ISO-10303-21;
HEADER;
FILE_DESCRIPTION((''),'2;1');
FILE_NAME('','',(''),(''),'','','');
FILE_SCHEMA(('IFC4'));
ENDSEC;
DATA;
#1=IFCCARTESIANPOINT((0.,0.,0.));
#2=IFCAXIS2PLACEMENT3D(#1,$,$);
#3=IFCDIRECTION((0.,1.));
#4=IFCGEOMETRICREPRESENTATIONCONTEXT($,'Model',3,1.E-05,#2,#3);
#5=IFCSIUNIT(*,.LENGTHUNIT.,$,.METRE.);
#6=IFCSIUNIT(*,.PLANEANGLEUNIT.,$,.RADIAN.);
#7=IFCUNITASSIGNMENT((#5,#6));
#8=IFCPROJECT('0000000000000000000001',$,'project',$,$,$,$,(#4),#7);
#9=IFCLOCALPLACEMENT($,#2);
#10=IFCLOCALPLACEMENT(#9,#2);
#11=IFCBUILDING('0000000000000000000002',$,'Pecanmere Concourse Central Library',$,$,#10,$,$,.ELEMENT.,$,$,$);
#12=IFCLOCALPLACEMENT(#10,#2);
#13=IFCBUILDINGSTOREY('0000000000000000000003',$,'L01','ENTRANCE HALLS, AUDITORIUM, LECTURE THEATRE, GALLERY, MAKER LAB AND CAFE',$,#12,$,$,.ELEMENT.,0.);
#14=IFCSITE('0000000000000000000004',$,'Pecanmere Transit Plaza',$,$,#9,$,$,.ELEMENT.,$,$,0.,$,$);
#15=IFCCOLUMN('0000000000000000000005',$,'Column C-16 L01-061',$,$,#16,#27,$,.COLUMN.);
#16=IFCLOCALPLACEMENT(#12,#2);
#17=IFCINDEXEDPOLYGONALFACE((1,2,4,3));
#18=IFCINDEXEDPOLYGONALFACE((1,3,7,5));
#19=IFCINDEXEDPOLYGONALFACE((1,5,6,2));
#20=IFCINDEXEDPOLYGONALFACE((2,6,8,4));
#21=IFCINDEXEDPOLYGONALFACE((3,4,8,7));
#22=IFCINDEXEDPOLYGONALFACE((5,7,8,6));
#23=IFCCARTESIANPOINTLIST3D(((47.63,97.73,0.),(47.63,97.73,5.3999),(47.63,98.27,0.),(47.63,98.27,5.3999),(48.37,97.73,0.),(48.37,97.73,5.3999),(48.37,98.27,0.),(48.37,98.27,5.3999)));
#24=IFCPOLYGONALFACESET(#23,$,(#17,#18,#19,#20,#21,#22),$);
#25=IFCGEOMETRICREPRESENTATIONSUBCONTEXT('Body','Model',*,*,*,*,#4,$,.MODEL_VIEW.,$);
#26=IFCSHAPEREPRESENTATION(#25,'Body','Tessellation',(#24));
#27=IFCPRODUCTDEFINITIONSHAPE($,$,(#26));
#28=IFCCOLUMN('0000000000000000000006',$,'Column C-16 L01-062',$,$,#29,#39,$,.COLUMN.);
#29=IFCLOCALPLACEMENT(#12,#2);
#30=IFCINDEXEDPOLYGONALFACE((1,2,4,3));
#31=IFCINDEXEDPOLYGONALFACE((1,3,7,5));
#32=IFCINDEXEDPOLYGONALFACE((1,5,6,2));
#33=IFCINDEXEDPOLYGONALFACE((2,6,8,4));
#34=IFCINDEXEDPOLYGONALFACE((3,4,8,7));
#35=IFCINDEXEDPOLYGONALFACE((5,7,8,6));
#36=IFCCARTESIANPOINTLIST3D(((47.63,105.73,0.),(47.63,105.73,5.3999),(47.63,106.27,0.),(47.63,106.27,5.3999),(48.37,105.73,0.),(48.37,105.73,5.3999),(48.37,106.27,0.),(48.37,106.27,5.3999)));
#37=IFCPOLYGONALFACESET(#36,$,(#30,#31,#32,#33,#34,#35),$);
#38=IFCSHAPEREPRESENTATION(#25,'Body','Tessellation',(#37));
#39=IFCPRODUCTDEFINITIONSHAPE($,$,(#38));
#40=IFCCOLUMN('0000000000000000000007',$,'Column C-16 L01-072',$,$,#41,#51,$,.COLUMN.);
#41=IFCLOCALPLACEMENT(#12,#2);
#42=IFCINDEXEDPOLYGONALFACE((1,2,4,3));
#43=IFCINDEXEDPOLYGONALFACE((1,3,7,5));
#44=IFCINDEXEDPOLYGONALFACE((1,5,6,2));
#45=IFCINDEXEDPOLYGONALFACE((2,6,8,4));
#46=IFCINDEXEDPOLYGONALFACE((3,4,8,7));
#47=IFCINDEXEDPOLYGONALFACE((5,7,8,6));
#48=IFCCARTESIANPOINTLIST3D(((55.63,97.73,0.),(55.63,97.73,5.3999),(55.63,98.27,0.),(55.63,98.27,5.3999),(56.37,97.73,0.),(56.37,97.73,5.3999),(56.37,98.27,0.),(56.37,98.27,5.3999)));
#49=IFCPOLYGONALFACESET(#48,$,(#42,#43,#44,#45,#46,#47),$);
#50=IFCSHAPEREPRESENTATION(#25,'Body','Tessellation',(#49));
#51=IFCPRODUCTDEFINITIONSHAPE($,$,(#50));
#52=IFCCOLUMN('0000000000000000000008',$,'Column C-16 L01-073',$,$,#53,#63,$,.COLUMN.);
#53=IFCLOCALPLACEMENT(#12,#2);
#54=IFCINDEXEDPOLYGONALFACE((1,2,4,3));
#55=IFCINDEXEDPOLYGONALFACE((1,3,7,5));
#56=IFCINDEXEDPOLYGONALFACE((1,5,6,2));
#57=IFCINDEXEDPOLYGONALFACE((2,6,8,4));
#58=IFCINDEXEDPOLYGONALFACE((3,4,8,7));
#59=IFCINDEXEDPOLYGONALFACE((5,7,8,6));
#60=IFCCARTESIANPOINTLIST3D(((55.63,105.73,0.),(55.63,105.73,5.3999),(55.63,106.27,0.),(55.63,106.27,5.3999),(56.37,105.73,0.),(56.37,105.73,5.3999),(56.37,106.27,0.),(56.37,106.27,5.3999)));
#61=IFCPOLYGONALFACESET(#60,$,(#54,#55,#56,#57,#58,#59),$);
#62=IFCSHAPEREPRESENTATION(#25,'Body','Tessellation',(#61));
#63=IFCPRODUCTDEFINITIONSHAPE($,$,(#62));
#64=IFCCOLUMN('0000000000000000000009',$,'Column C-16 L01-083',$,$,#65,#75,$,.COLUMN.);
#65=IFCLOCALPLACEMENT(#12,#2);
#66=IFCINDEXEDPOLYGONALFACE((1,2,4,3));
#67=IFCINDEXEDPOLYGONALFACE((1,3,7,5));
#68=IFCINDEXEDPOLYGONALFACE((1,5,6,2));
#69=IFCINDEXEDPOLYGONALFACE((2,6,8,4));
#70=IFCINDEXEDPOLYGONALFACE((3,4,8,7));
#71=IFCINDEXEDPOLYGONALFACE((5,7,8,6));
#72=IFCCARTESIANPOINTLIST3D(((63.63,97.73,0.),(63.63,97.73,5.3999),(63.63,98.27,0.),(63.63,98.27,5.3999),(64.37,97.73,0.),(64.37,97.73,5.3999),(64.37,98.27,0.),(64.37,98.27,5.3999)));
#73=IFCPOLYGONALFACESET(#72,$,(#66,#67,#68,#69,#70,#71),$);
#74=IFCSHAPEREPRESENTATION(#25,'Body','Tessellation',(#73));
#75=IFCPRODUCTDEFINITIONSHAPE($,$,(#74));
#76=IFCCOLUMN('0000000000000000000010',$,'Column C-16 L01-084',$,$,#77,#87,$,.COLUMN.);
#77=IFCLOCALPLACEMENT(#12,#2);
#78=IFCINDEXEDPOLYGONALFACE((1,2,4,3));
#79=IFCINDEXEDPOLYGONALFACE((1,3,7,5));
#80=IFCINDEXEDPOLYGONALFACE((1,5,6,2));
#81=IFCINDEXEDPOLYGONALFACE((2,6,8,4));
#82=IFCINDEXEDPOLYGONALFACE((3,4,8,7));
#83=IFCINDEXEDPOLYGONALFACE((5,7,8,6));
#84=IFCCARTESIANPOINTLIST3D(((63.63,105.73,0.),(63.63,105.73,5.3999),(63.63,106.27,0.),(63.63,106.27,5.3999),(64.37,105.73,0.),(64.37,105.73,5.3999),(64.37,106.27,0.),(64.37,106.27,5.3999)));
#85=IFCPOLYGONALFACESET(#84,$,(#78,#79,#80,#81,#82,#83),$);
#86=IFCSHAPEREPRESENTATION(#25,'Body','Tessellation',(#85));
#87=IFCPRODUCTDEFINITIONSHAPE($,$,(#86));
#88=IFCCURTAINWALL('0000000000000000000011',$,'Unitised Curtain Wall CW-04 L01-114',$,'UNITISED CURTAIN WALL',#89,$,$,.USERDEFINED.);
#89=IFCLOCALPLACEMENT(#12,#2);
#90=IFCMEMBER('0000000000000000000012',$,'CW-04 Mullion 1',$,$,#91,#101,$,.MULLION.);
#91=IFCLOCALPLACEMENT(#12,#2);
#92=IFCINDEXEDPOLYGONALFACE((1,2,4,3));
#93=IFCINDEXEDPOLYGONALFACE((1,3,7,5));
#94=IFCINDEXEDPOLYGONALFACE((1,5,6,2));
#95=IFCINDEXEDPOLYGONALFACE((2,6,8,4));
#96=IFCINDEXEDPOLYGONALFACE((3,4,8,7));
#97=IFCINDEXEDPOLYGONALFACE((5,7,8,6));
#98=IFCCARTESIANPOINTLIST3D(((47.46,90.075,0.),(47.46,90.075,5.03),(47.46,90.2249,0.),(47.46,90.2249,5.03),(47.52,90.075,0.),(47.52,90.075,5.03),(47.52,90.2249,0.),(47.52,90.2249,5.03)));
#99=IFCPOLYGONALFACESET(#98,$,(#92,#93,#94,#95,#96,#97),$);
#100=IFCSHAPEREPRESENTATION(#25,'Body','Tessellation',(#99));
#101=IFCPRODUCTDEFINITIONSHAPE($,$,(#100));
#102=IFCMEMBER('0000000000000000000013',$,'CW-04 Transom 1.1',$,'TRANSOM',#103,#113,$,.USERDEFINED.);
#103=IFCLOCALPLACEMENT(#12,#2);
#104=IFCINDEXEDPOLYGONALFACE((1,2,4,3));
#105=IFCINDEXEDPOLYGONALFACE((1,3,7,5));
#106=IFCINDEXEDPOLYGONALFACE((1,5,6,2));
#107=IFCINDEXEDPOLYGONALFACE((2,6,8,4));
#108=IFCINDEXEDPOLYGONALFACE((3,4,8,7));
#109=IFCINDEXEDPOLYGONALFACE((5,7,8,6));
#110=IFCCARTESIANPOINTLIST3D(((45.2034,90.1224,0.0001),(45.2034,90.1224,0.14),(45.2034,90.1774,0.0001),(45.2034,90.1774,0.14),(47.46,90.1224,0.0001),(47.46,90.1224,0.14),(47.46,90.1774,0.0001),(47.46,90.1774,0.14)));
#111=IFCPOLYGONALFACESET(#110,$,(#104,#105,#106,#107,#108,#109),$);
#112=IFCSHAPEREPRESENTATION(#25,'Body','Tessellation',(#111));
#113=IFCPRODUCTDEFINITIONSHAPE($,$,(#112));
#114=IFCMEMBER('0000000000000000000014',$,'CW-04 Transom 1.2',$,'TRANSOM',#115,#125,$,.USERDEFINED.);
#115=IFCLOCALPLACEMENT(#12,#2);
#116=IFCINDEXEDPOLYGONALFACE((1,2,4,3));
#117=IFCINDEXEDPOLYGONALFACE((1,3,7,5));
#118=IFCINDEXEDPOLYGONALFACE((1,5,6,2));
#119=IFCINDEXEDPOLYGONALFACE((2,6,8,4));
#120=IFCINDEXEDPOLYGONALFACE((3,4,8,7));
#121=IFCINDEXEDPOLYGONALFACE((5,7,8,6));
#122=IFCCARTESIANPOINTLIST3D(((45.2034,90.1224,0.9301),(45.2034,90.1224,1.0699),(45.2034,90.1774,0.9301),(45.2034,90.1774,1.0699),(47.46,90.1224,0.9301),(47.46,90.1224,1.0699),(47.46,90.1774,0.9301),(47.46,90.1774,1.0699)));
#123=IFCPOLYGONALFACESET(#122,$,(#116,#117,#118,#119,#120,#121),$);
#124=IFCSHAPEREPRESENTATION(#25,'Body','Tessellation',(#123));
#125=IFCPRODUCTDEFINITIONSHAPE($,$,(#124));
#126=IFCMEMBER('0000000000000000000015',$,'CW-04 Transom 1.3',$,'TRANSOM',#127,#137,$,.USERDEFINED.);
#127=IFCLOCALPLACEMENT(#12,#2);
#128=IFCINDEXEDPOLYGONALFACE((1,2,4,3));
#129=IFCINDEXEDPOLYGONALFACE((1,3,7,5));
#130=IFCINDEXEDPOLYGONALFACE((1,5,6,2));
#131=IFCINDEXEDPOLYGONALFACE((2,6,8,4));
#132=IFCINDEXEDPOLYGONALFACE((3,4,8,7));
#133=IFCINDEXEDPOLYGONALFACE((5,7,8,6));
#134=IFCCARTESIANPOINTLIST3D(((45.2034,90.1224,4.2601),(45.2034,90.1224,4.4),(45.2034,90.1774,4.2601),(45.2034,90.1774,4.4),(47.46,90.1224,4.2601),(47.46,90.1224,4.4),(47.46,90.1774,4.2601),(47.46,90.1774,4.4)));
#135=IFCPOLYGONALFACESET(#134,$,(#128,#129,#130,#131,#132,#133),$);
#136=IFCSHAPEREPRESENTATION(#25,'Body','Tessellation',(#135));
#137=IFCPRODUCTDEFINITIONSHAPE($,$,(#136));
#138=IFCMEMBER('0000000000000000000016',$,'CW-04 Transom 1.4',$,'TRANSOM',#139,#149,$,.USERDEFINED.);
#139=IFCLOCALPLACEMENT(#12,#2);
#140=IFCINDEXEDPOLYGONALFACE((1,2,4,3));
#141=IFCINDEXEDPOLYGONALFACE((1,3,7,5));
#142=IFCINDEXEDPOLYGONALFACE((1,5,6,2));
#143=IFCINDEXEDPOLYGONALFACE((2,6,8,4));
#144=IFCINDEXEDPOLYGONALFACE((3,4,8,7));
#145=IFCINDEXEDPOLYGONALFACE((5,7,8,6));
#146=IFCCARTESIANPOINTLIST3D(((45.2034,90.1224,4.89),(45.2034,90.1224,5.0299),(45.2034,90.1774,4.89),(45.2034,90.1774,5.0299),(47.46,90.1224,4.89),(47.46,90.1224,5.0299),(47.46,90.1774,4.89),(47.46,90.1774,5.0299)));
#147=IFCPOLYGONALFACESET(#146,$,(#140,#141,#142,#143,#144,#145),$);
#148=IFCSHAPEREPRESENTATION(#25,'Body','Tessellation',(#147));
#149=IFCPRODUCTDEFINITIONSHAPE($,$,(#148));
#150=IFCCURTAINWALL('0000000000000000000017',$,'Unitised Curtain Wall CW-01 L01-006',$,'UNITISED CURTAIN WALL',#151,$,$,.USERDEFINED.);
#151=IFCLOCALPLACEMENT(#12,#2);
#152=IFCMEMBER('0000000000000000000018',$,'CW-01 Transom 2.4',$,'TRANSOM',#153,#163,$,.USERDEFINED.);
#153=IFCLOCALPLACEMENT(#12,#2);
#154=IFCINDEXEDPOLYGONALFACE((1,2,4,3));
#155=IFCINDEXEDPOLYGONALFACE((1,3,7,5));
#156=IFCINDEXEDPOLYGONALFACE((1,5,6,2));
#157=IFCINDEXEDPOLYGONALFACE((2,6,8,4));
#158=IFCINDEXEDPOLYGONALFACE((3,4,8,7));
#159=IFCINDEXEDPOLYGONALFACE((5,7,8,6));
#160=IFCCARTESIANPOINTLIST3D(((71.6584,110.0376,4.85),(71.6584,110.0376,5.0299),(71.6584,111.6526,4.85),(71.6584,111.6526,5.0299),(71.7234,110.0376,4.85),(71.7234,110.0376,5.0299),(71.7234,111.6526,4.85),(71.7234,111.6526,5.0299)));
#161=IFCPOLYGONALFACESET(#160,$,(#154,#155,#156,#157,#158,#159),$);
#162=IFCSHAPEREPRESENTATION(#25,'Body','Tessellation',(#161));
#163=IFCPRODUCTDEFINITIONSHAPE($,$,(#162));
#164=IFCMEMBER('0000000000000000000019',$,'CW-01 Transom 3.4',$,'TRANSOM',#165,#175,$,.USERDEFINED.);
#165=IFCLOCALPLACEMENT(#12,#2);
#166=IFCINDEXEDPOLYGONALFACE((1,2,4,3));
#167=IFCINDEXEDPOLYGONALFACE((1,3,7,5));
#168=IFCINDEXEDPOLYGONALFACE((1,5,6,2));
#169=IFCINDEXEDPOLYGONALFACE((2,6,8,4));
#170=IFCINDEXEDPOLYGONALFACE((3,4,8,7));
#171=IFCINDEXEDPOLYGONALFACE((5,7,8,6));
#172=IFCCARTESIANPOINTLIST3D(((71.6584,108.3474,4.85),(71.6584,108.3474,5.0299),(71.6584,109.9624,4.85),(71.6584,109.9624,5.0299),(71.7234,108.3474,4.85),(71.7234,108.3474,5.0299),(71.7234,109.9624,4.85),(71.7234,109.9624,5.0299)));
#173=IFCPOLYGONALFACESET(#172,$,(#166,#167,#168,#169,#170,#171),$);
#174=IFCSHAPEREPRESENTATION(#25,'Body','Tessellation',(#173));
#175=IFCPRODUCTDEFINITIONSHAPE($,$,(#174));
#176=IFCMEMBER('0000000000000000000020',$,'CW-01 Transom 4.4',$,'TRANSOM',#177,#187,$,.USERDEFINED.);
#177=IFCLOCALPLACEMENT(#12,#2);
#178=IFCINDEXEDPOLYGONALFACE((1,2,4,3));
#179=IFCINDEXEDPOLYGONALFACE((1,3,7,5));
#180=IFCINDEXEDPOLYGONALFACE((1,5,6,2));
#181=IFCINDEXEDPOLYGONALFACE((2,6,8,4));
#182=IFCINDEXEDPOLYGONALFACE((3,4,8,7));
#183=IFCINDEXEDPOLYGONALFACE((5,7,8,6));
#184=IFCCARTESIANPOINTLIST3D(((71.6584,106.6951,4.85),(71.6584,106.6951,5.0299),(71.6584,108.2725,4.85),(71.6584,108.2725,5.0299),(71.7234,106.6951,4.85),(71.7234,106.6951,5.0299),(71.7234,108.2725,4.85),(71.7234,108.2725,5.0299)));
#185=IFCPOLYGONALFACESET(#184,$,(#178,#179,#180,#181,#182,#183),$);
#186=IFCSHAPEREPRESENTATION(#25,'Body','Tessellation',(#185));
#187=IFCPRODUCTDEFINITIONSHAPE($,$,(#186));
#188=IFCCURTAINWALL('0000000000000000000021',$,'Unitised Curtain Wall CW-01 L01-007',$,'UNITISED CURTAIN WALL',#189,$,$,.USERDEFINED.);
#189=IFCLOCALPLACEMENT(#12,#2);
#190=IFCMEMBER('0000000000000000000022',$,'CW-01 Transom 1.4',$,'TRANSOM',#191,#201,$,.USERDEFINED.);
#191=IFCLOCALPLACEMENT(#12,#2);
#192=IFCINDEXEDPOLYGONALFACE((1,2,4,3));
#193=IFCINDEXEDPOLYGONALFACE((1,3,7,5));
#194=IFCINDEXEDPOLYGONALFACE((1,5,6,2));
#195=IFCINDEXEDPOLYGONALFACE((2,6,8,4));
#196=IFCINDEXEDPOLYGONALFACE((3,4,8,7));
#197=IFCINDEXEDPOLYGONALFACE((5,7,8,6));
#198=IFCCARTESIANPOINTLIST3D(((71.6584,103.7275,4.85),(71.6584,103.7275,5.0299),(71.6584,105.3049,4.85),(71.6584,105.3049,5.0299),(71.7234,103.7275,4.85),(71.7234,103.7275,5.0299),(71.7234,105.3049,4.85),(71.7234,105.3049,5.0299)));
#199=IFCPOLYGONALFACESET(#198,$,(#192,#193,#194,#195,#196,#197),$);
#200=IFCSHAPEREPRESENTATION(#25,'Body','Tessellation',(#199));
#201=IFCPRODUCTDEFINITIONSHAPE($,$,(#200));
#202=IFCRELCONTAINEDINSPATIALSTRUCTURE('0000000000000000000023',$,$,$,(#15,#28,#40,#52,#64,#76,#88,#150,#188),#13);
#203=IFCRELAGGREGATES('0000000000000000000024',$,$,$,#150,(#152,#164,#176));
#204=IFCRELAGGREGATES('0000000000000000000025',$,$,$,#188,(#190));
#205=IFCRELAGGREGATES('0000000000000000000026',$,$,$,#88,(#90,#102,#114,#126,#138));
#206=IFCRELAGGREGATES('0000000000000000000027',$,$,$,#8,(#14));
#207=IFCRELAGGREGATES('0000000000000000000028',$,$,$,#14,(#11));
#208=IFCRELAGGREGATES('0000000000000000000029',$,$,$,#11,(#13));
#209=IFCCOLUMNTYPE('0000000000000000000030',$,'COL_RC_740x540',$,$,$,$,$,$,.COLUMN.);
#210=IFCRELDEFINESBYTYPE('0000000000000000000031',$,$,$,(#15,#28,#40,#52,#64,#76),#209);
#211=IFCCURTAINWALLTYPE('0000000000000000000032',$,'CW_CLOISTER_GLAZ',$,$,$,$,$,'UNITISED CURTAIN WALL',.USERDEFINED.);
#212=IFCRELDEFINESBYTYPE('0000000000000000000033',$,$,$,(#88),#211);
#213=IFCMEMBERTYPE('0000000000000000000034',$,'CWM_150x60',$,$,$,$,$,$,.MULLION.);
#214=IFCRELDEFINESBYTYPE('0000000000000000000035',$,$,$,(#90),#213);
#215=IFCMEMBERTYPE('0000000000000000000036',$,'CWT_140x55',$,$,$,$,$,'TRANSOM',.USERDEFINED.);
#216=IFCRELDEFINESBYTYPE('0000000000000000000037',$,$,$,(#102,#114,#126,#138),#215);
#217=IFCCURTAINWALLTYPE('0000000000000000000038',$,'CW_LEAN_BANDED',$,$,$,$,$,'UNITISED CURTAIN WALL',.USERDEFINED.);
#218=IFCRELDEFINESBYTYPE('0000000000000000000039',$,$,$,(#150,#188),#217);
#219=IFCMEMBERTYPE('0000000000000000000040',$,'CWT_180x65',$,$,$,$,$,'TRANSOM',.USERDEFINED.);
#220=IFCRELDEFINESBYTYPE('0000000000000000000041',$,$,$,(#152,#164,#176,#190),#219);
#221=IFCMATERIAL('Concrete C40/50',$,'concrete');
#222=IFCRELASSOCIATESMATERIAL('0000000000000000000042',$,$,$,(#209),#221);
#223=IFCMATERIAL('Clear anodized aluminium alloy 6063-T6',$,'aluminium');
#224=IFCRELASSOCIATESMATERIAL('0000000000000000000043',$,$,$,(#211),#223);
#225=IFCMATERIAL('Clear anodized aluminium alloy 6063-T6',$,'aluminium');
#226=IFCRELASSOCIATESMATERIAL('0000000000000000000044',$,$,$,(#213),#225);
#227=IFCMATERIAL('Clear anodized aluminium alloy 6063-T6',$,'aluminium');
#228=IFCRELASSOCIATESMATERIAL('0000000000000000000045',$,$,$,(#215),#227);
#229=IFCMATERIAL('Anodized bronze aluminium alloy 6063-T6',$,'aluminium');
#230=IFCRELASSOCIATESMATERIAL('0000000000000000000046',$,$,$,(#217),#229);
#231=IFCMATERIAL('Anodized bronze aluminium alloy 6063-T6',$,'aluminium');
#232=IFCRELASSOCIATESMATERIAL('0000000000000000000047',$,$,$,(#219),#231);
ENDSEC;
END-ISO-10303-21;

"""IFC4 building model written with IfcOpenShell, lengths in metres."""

from ifc_helpers import new_model, si_unit, direction, frame, origin, origin_2d, place, context, subcontext, project, spatial, rectangle, extrude, material, material_profile, profile_set, type_object, element, aggregate, save


model = new_model("IFC4")

# Units and contexts
model_context = context("Model", 3, precision=1e-05, world=origin(), true_north=direction((0.0, 1.0)))
body_context = subcontext(model_context, "Body", "Model", "MODEL_VIEW")
ifc_project = project(units=[si_unit("LENGTHUNIT", "METRE"), si_unit("PLANEANGLEUNIT", "RADIAN")], contexts=[model_context])

# Site, building, storey
site_placement = place(None, origin())
site = spatial("IfcSite", under=ifc_project, at=site_placement, Name="Pecanmere Transit Plaza", CompositionType="ELEMENT", RefElevation=0.0)
building_placement = place(site_placement, origin())
building = spatial("IfcBuilding", under=site, at=building_placement, Name="Pecanmere Concourse Central Library", CompositionType="ELEMENT")
storey_placement = place(building_placement, origin())
storey = spatial("IfcBuildingStorey", under=building, at=storey_placement, Name="L01", Description="ENTRANCE HALLS, AUDITORIUM, LECTURE THEATRE, GALLERY, MAKER LAB AND CAFE", CompositionType="ELEMENT", Elevation=0.0)

# Columns
ifc_material_1 = material(Name="Concrete C40/50", Category="concrete")
ifc_material_profile_1 = material_profile(ifc_material_1, rectangle(XDim=0.74, YDim=0.54, at=origin_2d()), Name="RC 740x540")
ifc_profile_set_1 = profile_set([ifc_material_profile_1], Name="Concrete C40/50")
column_type = type_object("IfcColumnType", Name="COL_RC_740x540", PredefinedType="COLUMN", material=ifc_profile_set_1)
for number, where, z_axis, x_axis, name in (
    (1, (48.0, 98.0, 0.0), (0.0, 0.0, 1.0), (1.0, 0.0, 0.0), "Column C-16 L01-061"),
    (2, (48.0, 106.0, 0.0), (0.0, 0.0, 1.0), (1.0, 0.0, 0.0), "Column C-16 L01-062"),
    (3, (56.0, 98.0, 0.0), (0.0, 0.0, 1.0), (1.0, 0.0, 0.0), "Column C-16 L01-072"),
    (4, (56.0, 106.0, 0.0), (0.0, 0.0, 1.0), (1.0, 0.0, 0.0), "Column C-16 L01-073"),
    (5, (64.0, 98.0, 0.0), (0.0, 0.0, 1.0), (1.0, 0.0, 0.0), "Column C-16 L01-083"),
    (6, (64.0, 106.0, 0.0), (0.0, 0.0, 1.0), (1.0, 0.0, 0.0), "Column C-16 L01-084"),
):
    element("IfcColumn", number, at=place(storey_placement, frame(where, z_axis=z_axis, x_axis=x_axis)), inside=storey, type_object=column_type, Name=name, PredefinedType="COLUMN", context=body_context, shape_type="SweptSolid", body=[
        extrude(rectangle(XDim=0.74, YDim=0.54, at=origin_2d()), origin(), (0.0, 0.0, 1.0), 5.3999),
    ])

# Curtain walls, members
ifc_material_2 = material(Name="Clear anodized aluminium alloy 6063-T6", Category="aluminium")
curtain_wall_type_1 = type_object("IfcCurtainWallType", Name="CW_CLOISTER_GLAZ", ElementType="UNITISED CURTAIN WALL", PredefinedType="USERDEFINED", material=ifc_material_2)
curtain_wall_1_placement = place(storey_placement, origin())
curtain_wall_1 = element("IfcCurtainWall", 7, at=curtain_wall_1_placement, inside=storey, type_object=curtain_wall_type_1, Name="Unitised Curtain Wall CW-04 L01-114", ObjectType="UNITISED CURTAIN WALL", PredefinedType="USERDEFINED")
ifc_material_3 = material(Name="Clear anodized aluminium alloy 6063-T6", Category="aluminium")
ifc_material_profile_2 = material_profile(ifc_material_3, rectangle(XDim=0.0601, YDim=0.1499, at=origin_2d()), Name="AL 60x150")
ifc_profile_set_2 = profile_set([ifc_material_profile_2], Name="Clear anodized aluminium alloy 6063-T6")
member_type_1 = type_object("IfcMemberType", Name="CWM_150x60", PredefinedType="MULLION", material=ifc_profile_set_2)
member_1_placement = place(storey_placement, frame((47.49, 90.1499, 0.0), z_axis=(0.0, 0.0, 1.0), x_axis=(-1.0, 0.0, 0.0)))
member_1 = element("IfcMember", 8, at=member_1_placement, type_object=member_type_1, Name="CW-04 Mullion 1", PredefinedType="MULLION", context=body_context, shape_type="SweptSolid", body=[
    extrude(rectangle(XDim=0.0601, YDim=0.1499, at=origin_2d()), origin(), (0.0, 0.0, 1.0), 5.03),
])
ifc_material_4 = material(Name="Clear anodized aluminium alloy 6063-T6", Category="aluminium")
ifc_material_profile_3 = material_profile(ifc_material_4, rectangle(XDim=0.0549, YDim=0.1399, at=origin_2d()), Name="AL 55x140")
ifc_profile_set_3 = profile_set([ifc_material_profile_3], Name="Clear anodized aluminium alloy 6063-T6")
member_type_2 = type_object("IfcMemberType", Name="CWT_140x55", ElementType="TRANSOM", PredefinedType="USERDEFINED", material=ifc_profile_set_3)
member_2_placement = place(storey_placement, frame((47.46, 90.1499, 0.0701), z_axis=(-1.0, 0.0, 0.0), x_axis=(0.0, -1.0, 0.0)))
member_2 = element("IfcMember", 9, at=member_2_placement, type_object=member_type_2, Name="CW-04 Transom 1.1", ObjectType="TRANSOM", PredefinedType="USERDEFINED", context=body_context, shape_type="SweptSolid", body=[
    extrude(rectangle(XDim=0.0549, YDim=0.1399, at=origin_2d()), origin(), (0.0, 0.0, 1.0), 2.2566),
])
member_3_placement = place(storey_placement, frame((47.46, 90.1499, 1.0), z_axis=(-1.0, 0.0, 0.0), x_axis=(0.0, -1.0, 0.0)))
member_3 = element("IfcMember", 10, at=member_3_placement, type_object=member_type_2, Name="CW-04 Transom 1.2", ObjectType="TRANSOM", PredefinedType="USERDEFINED", context=body_context, shape_type="SweptSolid", body=[
    extrude(rectangle(XDim=0.0549, YDim=0.1399, at=origin_2d()), origin(), (0.0, 0.0, 1.0), 2.2566),
])
member_4_placement = place(storey_placement, frame((47.46, 90.1499, 4.3301), z_axis=(-1.0, 0.0, 0.0), x_axis=(0.0, -1.0, 0.0)))
member_4 = element("IfcMember", 11, at=member_4_placement, type_object=member_type_2, Name="CW-04 Transom 1.3", ObjectType="TRANSOM", PredefinedType="USERDEFINED", context=body_context, shape_type="SweptSolid", body=[
    extrude(rectangle(XDim=0.0549, YDim=0.1399, at=origin_2d()), origin(), (0.0, 0.0, 1.0), 2.2566),
])
member_5_placement = place(storey_placement, frame((47.46, 90.1499, 4.96), z_axis=(-1.0, 0.0, 0.0), x_axis=(0.0, -1.0, 0.0)))
member_5 = element("IfcMember", 12, at=member_5_placement, type_object=member_type_2, Name="CW-04 Transom 1.4", ObjectType="TRANSOM", PredefinedType="USERDEFINED", context=body_context, shape_type="SweptSolid", body=[
    extrude(rectangle(XDim=0.0549, YDim=0.1399, at=origin_2d()), origin(), (0.0, 0.0, 1.0), 2.2566),
])
ifc_material_5 = material(Name="Anodized bronze aluminium alloy 6063-T6", Category="aluminium")
curtain_wall_type_2 = type_object("IfcCurtainWallType", Name="CW_LEAN_BANDED", ElementType="UNITISED CURTAIN WALL", PredefinedType="USERDEFINED", material=ifc_material_5)
curtain_wall_2_placement = place(storey_placement, origin())
curtain_wall_2 = element("IfcCurtainWall", 13, at=curtain_wall_2_placement, inside=storey, type_object=curtain_wall_type_2, Name="Unitised Curtain Wall CW-01 L01-006", ObjectType="UNITISED CURTAIN WALL", PredefinedType="USERDEFINED")
ifc_material_6 = material(Name="Anodized bronze aluminium alloy 6063-T6", Category="aluminium")
ifc_material_profile_4 = material_profile(ifc_material_6, rectangle(XDim=0.0649, YDim=0.1799, at=origin_2d()), Name="AL 65x180")
ifc_profile_set_4 = profile_set([ifc_material_profile_4], Name="Anodized bronze aluminium alloy 6063-T6")
member_type_3 = type_object("IfcMemberType", Name="CWT_180x65", ElementType="TRANSOM", PredefinedType="USERDEFINED", material=ifc_profile_set_4)
member_6_placement = place(storey_placement, frame((71.6909, 111.6526, 4.9399), z_axis=(0.0, -1.0, 0.0), x_axis=(1.0, 0.0, 0.0)))
member_6 = element("IfcMember", 14, at=member_6_placement, type_object=member_type_3, Name="CW-01 Transom 2.4", ObjectType="TRANSOM", PredefinedType="USERDEFINED", context=body_context, shape_type="SweptSolid", body=[
    extrude(rectangle(XDim=0.0649, YDim=0.1799, at=origin_2d()), origin(), (0.0, 0.0, 1.0), 1.615),
])
member_7_placement = place(storey_placement, frame((71.6909, 109.9624, 4.9399), z_axis=(0.0, -1.0, 0.0), x_axis=(1.0, 0.0, 0.0)))
member_7 = element("IfcMember", 15, at=member_7_placement, type_object=member_type_3, Name="CW-01 Transom 3.4", ObjectType="TRANSOM", PredefinedType="USERDEFINED", context=body_context, shape_type="SweptSolid", body=[
    extrude(rectangle(XDim=0.0649, YDim=0.1799, at=origin_2d()), origin(), (0.0, 0.0, 1.0), 1.615),
])
member_8_placement = place(storey_placement, frame((71.6909, 108.2725, 4.9399), z_axis=(0.0, -1.0, 0.0), x_axis=(1.0, 0.0, 0.0)))
member_8 = element("IfcMember", 16, at=member_8_placement, type_object=member_type_3, Name="CW-01 Transom 4.4", ObjectType="TRANSOM", PredefinedType="USERDEFINED", context=body_context, shape_type="SweptSolid", body=[
    extrude(rectangle(XDim=0.0649, YDim=0.1799, at=origin_2d()), origin(), (0.0, 0.0, 1.0), 1.5774),
])
aggregate(curtain_wall_2, [member_6, member_7, member_8])
curtain_wall_3_placement = place(storey_placement, origin())
curtain_wall_3 = element("IfcCurtainWall", 17, at=curtain_wall_3_placement, inside=storey, type_object=curtain_wall_type_2, Name="Unitised Curtain Wall CW-01 L01-007", ObjectType="UNITISED CURTAIN WALL", PredefinedType="USERDEFINED")
member_9_placement = place(storey_placement, frame((71.6909, 105.3049, 4.9399), z_axis=(0.0, -1.0, 0.0), x_axis=(1.0, 0.0, 0.0)))
member_9 = element("IfcMember", 18, at=member_9_placement, type_object=member_type_3, Name="CW-01 Transom 1.4", ObjectType="TRANSOM", PredefinedType="USERDEFINED", context=body_context, shape_type="SweptSolid", body=[
    extrude(rectangle(XDim=0.0649, YDim=0.1799, at=origin_2d()), origin(), (0.0, 0.0, 1.0), 1.5774),
])
aggregate(curtain_wall_3, [member_9])

aggregate(curtain_wall_1, [member_1, member_2, member_3, member_4, member_5])

save(model, "model.ifc")
